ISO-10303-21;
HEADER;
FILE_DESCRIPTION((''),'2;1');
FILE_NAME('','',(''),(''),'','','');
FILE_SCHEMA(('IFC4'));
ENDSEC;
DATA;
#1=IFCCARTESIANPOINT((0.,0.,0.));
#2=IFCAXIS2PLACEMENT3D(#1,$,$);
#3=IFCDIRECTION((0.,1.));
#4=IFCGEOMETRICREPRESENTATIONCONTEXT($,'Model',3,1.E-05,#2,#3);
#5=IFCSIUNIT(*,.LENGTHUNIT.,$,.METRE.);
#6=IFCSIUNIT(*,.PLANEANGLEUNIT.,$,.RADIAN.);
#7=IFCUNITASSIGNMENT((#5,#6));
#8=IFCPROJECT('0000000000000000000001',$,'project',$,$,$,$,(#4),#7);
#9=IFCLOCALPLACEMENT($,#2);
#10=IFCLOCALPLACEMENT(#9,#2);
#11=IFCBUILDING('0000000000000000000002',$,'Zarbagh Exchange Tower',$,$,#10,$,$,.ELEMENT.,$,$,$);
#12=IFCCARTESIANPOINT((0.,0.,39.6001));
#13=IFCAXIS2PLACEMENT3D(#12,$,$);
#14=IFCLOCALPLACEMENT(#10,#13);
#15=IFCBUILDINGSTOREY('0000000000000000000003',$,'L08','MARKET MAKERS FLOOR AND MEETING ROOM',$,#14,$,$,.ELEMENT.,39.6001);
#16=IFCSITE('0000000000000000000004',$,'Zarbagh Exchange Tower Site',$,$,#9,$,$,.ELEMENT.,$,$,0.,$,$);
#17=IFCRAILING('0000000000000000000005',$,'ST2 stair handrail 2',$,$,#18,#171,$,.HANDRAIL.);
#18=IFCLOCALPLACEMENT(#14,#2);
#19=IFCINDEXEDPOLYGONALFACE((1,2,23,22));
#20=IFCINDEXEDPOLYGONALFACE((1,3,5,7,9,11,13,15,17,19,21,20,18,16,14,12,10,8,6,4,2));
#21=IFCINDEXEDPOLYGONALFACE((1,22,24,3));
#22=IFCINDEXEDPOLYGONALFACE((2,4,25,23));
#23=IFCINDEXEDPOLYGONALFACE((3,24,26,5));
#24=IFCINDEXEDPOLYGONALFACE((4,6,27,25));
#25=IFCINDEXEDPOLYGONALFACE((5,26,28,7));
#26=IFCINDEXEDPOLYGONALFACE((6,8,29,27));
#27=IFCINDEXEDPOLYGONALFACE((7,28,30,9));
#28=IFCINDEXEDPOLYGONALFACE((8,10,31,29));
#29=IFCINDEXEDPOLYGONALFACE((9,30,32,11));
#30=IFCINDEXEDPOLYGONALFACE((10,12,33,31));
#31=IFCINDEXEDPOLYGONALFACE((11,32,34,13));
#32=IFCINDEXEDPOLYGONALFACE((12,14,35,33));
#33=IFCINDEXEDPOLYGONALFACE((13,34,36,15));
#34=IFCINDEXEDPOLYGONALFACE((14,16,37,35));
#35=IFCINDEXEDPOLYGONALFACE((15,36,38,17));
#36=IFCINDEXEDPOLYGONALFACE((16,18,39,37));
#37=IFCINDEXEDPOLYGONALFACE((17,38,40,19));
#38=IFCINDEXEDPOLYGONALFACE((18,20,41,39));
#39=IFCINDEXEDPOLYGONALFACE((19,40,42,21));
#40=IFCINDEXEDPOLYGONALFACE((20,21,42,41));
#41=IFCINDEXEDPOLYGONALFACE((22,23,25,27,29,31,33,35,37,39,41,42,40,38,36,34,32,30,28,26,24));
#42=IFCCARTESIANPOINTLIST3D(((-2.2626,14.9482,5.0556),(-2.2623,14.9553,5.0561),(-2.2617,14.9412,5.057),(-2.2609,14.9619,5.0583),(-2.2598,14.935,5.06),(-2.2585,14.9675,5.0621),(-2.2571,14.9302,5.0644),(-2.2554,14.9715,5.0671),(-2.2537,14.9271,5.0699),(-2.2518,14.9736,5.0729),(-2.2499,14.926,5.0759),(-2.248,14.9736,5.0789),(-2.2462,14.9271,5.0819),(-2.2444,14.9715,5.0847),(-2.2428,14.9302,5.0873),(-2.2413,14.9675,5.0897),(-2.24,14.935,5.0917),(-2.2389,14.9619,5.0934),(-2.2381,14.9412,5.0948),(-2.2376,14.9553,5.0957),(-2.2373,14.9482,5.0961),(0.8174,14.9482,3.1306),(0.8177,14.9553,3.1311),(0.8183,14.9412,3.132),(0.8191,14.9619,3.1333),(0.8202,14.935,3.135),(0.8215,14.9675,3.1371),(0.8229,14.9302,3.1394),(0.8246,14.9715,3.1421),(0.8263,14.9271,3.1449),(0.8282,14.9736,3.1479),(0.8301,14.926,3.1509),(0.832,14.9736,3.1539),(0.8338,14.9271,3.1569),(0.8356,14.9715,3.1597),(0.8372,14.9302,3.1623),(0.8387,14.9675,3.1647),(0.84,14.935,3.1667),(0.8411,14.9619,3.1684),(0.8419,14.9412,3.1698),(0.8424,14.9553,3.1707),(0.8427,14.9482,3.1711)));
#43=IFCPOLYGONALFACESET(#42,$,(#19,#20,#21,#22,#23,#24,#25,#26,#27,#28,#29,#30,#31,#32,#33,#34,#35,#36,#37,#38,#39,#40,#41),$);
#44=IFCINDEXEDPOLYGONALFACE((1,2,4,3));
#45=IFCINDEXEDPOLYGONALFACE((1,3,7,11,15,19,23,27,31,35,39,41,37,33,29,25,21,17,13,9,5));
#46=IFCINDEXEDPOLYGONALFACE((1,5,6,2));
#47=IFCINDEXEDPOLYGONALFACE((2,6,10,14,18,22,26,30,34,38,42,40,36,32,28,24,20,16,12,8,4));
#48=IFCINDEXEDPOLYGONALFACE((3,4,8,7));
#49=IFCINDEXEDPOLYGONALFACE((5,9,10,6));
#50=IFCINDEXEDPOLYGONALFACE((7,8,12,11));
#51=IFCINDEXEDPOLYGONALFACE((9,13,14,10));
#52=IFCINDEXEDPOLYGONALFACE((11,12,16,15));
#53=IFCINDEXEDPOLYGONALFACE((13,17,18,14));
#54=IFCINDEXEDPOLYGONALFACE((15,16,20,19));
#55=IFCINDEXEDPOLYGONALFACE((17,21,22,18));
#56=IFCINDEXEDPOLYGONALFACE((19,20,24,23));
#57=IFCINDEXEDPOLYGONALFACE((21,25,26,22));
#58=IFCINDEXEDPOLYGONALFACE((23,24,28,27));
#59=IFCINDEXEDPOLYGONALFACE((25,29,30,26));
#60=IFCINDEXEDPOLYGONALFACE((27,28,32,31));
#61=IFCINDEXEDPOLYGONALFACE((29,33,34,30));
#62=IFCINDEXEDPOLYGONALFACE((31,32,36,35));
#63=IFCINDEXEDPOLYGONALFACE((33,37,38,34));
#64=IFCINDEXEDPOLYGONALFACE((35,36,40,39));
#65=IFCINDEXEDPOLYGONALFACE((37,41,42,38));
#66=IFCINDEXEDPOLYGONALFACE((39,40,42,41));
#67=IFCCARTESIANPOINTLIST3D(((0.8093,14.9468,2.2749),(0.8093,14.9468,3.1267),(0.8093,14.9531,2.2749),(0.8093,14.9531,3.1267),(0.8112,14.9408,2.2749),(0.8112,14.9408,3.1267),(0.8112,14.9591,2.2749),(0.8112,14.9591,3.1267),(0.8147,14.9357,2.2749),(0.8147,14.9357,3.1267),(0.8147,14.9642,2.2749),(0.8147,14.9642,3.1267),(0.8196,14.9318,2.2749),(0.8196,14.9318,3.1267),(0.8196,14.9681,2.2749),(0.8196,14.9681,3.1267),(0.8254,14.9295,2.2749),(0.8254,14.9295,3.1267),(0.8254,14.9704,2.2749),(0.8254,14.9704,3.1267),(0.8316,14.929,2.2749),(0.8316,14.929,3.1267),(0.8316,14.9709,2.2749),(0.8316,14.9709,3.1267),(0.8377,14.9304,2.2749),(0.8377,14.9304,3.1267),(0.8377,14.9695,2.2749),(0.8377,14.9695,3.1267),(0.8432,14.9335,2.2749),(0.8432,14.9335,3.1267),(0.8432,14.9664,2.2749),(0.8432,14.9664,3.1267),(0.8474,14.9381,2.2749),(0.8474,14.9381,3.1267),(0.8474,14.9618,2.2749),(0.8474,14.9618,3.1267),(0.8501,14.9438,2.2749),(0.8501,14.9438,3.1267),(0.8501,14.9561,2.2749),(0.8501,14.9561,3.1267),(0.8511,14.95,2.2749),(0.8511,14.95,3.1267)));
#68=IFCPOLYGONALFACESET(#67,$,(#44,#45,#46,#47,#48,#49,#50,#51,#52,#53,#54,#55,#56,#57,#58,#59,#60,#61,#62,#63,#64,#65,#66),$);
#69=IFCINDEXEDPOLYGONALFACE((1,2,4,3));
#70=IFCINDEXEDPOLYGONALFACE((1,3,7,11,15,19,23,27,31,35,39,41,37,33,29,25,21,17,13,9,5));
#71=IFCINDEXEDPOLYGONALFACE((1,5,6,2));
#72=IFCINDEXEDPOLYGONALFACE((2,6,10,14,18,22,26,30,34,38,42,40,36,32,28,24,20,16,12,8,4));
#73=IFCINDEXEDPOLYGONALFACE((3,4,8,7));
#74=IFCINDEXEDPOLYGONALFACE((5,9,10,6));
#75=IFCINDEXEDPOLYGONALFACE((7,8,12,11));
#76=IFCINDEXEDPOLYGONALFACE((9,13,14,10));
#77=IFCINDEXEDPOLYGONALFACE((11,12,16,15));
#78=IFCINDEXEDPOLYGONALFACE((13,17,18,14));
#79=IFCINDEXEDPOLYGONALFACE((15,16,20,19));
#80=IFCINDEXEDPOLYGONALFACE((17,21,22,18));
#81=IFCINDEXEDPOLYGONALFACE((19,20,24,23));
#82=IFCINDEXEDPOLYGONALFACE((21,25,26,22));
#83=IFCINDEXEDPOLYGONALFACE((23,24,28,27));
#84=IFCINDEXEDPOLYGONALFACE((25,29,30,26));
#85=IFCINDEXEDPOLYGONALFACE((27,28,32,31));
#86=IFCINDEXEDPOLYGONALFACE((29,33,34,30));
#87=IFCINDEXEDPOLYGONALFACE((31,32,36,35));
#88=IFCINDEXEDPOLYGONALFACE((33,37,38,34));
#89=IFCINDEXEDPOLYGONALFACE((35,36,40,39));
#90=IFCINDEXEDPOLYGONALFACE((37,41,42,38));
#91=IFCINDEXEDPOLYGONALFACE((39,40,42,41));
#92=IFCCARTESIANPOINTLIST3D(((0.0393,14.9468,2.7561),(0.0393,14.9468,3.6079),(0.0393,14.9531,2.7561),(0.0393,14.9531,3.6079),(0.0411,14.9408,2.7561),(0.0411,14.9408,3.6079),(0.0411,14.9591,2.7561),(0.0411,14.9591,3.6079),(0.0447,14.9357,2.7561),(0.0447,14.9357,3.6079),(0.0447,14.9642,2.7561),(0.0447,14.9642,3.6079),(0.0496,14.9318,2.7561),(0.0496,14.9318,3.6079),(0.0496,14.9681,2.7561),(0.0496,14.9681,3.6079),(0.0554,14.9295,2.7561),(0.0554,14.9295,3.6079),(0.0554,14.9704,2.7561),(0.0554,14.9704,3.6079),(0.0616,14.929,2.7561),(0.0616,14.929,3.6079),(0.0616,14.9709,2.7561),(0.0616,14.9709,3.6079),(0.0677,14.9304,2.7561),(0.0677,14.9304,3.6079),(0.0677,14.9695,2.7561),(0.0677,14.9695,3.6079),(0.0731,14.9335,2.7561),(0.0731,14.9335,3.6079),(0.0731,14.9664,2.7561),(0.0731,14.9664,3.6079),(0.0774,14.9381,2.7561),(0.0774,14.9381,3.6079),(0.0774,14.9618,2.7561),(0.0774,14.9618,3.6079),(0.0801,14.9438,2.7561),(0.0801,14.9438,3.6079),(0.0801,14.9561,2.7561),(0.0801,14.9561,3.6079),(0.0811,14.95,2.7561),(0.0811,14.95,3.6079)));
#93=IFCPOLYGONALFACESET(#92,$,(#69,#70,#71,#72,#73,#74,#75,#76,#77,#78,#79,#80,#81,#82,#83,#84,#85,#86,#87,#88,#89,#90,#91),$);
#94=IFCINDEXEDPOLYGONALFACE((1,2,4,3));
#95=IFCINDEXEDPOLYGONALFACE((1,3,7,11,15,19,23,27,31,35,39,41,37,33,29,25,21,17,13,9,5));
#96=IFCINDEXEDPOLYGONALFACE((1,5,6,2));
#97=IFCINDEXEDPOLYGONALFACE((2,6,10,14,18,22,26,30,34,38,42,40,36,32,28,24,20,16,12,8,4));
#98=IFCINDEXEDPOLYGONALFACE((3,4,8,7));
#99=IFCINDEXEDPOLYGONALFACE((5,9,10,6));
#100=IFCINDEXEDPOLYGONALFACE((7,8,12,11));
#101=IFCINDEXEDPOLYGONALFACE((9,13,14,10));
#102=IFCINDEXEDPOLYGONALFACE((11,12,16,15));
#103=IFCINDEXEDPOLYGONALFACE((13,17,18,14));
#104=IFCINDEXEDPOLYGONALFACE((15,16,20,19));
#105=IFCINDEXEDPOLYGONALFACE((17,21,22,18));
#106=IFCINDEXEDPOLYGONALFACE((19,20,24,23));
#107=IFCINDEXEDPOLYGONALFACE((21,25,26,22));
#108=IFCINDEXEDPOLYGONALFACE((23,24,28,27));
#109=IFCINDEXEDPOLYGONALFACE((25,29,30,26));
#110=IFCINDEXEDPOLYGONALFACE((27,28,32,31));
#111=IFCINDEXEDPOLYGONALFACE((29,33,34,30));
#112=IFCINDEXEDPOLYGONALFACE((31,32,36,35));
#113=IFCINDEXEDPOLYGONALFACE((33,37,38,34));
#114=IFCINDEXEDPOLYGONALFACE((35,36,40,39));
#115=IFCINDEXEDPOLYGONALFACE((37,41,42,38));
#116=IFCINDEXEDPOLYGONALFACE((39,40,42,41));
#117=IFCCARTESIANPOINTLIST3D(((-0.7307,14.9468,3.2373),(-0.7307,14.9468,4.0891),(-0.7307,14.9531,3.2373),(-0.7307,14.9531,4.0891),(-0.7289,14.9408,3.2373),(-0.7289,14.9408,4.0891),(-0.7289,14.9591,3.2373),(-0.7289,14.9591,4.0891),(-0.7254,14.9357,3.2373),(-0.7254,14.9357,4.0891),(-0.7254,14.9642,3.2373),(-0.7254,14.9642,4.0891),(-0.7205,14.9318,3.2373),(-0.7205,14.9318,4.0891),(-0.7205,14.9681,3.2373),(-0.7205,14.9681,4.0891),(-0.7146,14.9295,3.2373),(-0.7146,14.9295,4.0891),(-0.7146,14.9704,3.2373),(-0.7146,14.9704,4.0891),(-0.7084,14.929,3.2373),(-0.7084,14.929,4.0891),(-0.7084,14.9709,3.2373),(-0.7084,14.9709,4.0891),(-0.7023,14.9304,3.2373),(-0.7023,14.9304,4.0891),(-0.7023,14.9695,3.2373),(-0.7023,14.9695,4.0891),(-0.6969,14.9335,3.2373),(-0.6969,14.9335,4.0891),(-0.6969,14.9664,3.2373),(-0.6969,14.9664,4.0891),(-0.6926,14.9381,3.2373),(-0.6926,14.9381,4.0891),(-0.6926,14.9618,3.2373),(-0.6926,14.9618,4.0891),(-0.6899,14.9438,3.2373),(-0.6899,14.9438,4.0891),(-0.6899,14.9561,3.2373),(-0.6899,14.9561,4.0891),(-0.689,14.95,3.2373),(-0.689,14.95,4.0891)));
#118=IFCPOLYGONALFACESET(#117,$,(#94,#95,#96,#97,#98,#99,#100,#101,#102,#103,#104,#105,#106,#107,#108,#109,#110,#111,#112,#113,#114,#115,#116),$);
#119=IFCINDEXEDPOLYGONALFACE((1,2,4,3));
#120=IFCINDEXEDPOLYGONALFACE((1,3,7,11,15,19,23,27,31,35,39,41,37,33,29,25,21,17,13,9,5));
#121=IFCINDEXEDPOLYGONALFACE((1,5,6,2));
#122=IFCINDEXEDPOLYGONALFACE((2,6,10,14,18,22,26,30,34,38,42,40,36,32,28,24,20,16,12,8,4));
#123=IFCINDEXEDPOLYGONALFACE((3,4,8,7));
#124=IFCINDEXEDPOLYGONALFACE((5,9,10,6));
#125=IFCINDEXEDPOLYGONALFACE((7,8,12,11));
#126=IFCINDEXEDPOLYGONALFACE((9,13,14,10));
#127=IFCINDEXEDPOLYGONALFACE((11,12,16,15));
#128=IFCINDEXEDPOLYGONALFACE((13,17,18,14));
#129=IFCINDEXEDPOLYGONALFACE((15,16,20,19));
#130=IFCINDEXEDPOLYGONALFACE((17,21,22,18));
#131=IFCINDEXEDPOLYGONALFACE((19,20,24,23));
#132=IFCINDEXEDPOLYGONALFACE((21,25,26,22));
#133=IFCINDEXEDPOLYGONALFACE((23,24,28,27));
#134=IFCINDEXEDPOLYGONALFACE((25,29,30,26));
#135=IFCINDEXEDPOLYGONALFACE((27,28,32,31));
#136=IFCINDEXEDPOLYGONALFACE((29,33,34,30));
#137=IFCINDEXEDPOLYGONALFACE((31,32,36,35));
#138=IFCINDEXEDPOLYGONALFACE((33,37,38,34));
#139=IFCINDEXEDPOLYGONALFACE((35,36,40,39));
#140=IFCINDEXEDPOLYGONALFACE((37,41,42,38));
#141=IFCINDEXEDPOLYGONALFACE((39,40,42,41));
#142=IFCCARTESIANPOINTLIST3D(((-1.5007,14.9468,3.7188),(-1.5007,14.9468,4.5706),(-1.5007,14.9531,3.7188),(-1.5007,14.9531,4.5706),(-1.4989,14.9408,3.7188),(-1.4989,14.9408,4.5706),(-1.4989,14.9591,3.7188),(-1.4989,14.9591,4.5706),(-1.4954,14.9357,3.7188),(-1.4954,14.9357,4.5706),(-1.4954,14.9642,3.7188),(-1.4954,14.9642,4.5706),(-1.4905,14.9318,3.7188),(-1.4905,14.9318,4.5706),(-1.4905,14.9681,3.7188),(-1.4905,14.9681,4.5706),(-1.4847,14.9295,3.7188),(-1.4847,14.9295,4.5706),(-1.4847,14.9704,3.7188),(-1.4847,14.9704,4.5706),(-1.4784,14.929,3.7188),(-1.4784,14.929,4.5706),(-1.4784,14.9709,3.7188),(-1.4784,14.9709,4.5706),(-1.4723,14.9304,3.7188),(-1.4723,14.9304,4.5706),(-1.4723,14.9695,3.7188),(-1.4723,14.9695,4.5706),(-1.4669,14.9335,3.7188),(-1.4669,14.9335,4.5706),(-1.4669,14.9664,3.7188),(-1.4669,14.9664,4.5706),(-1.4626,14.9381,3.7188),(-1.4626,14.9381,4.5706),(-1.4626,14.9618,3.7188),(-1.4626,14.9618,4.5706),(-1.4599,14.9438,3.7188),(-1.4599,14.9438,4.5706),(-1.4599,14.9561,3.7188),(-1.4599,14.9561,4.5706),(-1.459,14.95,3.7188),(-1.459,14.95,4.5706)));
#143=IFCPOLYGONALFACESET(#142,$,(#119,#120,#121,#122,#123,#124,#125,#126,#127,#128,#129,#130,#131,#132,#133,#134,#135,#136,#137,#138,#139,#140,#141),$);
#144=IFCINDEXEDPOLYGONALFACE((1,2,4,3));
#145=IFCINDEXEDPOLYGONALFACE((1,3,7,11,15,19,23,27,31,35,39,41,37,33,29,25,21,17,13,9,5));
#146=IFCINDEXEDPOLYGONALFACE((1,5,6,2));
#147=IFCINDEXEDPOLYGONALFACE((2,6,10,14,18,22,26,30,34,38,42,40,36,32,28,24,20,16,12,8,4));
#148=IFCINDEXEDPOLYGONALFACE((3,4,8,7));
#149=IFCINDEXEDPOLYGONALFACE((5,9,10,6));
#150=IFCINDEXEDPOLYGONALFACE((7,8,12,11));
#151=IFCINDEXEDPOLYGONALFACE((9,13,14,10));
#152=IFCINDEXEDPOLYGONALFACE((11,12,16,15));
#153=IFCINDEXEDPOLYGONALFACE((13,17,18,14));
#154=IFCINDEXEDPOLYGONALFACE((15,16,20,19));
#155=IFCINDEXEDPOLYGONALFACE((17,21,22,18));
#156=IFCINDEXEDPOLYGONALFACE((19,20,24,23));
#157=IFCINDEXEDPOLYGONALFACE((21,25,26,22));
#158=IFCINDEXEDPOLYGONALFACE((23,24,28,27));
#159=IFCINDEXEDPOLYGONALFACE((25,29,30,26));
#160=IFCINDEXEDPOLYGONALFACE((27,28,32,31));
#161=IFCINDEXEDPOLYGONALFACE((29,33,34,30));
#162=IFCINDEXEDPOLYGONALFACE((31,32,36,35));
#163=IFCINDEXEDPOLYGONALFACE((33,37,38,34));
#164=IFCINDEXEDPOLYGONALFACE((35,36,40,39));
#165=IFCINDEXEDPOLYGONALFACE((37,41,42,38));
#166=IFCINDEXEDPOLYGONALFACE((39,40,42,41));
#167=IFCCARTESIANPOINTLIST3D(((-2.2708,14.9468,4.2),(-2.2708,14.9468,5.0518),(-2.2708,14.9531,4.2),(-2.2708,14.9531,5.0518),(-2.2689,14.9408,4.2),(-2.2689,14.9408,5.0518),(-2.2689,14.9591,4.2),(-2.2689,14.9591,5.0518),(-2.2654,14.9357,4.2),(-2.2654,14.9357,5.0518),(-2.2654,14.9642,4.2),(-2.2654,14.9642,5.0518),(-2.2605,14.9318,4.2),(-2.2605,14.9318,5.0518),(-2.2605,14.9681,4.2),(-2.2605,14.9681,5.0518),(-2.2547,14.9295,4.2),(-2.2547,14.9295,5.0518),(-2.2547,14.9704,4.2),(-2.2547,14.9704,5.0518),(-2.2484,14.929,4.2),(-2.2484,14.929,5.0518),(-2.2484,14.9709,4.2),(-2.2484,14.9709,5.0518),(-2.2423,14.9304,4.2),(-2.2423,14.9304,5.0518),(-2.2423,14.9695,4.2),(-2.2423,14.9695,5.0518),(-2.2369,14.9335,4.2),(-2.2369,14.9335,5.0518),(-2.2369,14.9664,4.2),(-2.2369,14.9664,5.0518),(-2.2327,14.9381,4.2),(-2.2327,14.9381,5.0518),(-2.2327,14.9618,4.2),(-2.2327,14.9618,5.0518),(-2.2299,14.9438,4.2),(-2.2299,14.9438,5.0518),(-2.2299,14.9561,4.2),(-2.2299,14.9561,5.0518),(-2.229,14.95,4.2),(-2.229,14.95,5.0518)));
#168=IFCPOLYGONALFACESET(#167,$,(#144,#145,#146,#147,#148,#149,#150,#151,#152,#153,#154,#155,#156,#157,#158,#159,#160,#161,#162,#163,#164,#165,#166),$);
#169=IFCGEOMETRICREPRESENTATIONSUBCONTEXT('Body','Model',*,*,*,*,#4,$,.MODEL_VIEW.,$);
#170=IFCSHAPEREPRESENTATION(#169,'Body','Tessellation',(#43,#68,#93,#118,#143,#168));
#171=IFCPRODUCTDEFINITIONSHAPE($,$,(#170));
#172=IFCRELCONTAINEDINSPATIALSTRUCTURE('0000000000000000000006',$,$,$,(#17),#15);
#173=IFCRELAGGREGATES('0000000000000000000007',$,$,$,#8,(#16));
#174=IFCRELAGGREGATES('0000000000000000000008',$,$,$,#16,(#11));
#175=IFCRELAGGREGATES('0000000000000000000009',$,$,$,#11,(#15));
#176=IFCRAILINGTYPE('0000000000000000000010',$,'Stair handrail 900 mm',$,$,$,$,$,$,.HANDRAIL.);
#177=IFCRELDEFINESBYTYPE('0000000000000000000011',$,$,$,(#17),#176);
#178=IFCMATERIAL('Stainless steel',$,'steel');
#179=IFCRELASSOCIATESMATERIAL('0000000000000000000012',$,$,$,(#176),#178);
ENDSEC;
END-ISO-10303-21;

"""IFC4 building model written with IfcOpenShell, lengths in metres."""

from ifc_helpers import new_model, si_unit, direction, frame, origin, origin_2d, place, context, subcontext, project, spatial, circle, extrude, material, type_object, element, save


model = new_model("IFC4")

# Units and contexts
model_context = context("Model", 3, precision=1e-05, world=origin(), true_north=direction((0.0, 1.0)))
body_context = subcontext(model_context, "Body", "Model", "MODEL_VIEW")
ifc_project = project(units=[si_unit("LENGTHUNIT", "METRE"), si_unit("PLANEANGLEUNIT", "RADIAN")], contexts=[model_context])

# Site, building, storey
site_placement = place(None, origin())
site = spatial("IfcSite", under=ifc_project, at=site_placement, Name="Zarbagh Exchange Tower Site", CompositionType="ELEMENT", RefElevation=0.0)
building_placement = place(site_placement, origin())
building = spatial("IfcBuilding", under=site, at=building_placement, Name="Zarbagh Exchange Tower", CompositionType="ELEMENT")
storey_placement = place(building_placement, frame((0.0, 0.0, 39.6001)))
storey = spatial("IfcBuildingStorey", under=building, at=storey_placement, Name="L08", Description="MARKET MAKERS FLOOR AND MEETING ROOM", CompositionType="ELEMENT", Elevation=39.6001)

# Shared definitions
ifc_material_1 = material(Name="Stainless steel", Category="steel")

# Railing
railing_type_1 = type_object("IfcRailingType", Name="Stair handrail 900 mm", PredefinedType="HANDRAIL", material=ifc_material_1)
railing_1_placement = place(storey_placement, frame((0.8301, 14.95, 2.2749)))
element("IfcRailing", 1, at=railing_1_placement, inside=storey, type_object=railing_type_1, Name="ST2 stair handrail 2", PredefinedType="HANDRAIL", context=body_context, shape_type="SweptSolid", body=[
    extrude(circle(Radius=0.0239, at=origin_2d()), frame((0.0, 0.0, 0.876), z_axis=(-0.847998, 0.0, 0.529999), x_axis=(0.0, -1.0, 0.0)), (0.0, 0.0, 1.0), 3.6321),
    extrude(circle(Radius=0.021, at=origin_2d()), origin(), (0.0, 0.0, 1.0), 0.8518),
    extrude(circle(Radius=0.021, at=origin_2d()), frame((-0.77, 0.0, 0.4812)), (0.0, 0.0, 1.0), 0.8518),
    extrude(circle(Radius=0.021, at=origin_2d()), frame((-1.54, 0.0, 0.9624)), (0.0, 0.0, 1.0), 0.8518),
    extrude(circle(Radius=0.021, at=origin_2d()), frame((-2.3101, 0.0, 1.4438)), (0.0, 0.0, 1.0), 0.8518),
    extrude(circle(Radius=0.021, at=origin_2d()), frame((-3.0801, 0.0, 1.925)), (0.0, 0.0, 1.0), 0.8518),
])

save(model, "model.ifc")
